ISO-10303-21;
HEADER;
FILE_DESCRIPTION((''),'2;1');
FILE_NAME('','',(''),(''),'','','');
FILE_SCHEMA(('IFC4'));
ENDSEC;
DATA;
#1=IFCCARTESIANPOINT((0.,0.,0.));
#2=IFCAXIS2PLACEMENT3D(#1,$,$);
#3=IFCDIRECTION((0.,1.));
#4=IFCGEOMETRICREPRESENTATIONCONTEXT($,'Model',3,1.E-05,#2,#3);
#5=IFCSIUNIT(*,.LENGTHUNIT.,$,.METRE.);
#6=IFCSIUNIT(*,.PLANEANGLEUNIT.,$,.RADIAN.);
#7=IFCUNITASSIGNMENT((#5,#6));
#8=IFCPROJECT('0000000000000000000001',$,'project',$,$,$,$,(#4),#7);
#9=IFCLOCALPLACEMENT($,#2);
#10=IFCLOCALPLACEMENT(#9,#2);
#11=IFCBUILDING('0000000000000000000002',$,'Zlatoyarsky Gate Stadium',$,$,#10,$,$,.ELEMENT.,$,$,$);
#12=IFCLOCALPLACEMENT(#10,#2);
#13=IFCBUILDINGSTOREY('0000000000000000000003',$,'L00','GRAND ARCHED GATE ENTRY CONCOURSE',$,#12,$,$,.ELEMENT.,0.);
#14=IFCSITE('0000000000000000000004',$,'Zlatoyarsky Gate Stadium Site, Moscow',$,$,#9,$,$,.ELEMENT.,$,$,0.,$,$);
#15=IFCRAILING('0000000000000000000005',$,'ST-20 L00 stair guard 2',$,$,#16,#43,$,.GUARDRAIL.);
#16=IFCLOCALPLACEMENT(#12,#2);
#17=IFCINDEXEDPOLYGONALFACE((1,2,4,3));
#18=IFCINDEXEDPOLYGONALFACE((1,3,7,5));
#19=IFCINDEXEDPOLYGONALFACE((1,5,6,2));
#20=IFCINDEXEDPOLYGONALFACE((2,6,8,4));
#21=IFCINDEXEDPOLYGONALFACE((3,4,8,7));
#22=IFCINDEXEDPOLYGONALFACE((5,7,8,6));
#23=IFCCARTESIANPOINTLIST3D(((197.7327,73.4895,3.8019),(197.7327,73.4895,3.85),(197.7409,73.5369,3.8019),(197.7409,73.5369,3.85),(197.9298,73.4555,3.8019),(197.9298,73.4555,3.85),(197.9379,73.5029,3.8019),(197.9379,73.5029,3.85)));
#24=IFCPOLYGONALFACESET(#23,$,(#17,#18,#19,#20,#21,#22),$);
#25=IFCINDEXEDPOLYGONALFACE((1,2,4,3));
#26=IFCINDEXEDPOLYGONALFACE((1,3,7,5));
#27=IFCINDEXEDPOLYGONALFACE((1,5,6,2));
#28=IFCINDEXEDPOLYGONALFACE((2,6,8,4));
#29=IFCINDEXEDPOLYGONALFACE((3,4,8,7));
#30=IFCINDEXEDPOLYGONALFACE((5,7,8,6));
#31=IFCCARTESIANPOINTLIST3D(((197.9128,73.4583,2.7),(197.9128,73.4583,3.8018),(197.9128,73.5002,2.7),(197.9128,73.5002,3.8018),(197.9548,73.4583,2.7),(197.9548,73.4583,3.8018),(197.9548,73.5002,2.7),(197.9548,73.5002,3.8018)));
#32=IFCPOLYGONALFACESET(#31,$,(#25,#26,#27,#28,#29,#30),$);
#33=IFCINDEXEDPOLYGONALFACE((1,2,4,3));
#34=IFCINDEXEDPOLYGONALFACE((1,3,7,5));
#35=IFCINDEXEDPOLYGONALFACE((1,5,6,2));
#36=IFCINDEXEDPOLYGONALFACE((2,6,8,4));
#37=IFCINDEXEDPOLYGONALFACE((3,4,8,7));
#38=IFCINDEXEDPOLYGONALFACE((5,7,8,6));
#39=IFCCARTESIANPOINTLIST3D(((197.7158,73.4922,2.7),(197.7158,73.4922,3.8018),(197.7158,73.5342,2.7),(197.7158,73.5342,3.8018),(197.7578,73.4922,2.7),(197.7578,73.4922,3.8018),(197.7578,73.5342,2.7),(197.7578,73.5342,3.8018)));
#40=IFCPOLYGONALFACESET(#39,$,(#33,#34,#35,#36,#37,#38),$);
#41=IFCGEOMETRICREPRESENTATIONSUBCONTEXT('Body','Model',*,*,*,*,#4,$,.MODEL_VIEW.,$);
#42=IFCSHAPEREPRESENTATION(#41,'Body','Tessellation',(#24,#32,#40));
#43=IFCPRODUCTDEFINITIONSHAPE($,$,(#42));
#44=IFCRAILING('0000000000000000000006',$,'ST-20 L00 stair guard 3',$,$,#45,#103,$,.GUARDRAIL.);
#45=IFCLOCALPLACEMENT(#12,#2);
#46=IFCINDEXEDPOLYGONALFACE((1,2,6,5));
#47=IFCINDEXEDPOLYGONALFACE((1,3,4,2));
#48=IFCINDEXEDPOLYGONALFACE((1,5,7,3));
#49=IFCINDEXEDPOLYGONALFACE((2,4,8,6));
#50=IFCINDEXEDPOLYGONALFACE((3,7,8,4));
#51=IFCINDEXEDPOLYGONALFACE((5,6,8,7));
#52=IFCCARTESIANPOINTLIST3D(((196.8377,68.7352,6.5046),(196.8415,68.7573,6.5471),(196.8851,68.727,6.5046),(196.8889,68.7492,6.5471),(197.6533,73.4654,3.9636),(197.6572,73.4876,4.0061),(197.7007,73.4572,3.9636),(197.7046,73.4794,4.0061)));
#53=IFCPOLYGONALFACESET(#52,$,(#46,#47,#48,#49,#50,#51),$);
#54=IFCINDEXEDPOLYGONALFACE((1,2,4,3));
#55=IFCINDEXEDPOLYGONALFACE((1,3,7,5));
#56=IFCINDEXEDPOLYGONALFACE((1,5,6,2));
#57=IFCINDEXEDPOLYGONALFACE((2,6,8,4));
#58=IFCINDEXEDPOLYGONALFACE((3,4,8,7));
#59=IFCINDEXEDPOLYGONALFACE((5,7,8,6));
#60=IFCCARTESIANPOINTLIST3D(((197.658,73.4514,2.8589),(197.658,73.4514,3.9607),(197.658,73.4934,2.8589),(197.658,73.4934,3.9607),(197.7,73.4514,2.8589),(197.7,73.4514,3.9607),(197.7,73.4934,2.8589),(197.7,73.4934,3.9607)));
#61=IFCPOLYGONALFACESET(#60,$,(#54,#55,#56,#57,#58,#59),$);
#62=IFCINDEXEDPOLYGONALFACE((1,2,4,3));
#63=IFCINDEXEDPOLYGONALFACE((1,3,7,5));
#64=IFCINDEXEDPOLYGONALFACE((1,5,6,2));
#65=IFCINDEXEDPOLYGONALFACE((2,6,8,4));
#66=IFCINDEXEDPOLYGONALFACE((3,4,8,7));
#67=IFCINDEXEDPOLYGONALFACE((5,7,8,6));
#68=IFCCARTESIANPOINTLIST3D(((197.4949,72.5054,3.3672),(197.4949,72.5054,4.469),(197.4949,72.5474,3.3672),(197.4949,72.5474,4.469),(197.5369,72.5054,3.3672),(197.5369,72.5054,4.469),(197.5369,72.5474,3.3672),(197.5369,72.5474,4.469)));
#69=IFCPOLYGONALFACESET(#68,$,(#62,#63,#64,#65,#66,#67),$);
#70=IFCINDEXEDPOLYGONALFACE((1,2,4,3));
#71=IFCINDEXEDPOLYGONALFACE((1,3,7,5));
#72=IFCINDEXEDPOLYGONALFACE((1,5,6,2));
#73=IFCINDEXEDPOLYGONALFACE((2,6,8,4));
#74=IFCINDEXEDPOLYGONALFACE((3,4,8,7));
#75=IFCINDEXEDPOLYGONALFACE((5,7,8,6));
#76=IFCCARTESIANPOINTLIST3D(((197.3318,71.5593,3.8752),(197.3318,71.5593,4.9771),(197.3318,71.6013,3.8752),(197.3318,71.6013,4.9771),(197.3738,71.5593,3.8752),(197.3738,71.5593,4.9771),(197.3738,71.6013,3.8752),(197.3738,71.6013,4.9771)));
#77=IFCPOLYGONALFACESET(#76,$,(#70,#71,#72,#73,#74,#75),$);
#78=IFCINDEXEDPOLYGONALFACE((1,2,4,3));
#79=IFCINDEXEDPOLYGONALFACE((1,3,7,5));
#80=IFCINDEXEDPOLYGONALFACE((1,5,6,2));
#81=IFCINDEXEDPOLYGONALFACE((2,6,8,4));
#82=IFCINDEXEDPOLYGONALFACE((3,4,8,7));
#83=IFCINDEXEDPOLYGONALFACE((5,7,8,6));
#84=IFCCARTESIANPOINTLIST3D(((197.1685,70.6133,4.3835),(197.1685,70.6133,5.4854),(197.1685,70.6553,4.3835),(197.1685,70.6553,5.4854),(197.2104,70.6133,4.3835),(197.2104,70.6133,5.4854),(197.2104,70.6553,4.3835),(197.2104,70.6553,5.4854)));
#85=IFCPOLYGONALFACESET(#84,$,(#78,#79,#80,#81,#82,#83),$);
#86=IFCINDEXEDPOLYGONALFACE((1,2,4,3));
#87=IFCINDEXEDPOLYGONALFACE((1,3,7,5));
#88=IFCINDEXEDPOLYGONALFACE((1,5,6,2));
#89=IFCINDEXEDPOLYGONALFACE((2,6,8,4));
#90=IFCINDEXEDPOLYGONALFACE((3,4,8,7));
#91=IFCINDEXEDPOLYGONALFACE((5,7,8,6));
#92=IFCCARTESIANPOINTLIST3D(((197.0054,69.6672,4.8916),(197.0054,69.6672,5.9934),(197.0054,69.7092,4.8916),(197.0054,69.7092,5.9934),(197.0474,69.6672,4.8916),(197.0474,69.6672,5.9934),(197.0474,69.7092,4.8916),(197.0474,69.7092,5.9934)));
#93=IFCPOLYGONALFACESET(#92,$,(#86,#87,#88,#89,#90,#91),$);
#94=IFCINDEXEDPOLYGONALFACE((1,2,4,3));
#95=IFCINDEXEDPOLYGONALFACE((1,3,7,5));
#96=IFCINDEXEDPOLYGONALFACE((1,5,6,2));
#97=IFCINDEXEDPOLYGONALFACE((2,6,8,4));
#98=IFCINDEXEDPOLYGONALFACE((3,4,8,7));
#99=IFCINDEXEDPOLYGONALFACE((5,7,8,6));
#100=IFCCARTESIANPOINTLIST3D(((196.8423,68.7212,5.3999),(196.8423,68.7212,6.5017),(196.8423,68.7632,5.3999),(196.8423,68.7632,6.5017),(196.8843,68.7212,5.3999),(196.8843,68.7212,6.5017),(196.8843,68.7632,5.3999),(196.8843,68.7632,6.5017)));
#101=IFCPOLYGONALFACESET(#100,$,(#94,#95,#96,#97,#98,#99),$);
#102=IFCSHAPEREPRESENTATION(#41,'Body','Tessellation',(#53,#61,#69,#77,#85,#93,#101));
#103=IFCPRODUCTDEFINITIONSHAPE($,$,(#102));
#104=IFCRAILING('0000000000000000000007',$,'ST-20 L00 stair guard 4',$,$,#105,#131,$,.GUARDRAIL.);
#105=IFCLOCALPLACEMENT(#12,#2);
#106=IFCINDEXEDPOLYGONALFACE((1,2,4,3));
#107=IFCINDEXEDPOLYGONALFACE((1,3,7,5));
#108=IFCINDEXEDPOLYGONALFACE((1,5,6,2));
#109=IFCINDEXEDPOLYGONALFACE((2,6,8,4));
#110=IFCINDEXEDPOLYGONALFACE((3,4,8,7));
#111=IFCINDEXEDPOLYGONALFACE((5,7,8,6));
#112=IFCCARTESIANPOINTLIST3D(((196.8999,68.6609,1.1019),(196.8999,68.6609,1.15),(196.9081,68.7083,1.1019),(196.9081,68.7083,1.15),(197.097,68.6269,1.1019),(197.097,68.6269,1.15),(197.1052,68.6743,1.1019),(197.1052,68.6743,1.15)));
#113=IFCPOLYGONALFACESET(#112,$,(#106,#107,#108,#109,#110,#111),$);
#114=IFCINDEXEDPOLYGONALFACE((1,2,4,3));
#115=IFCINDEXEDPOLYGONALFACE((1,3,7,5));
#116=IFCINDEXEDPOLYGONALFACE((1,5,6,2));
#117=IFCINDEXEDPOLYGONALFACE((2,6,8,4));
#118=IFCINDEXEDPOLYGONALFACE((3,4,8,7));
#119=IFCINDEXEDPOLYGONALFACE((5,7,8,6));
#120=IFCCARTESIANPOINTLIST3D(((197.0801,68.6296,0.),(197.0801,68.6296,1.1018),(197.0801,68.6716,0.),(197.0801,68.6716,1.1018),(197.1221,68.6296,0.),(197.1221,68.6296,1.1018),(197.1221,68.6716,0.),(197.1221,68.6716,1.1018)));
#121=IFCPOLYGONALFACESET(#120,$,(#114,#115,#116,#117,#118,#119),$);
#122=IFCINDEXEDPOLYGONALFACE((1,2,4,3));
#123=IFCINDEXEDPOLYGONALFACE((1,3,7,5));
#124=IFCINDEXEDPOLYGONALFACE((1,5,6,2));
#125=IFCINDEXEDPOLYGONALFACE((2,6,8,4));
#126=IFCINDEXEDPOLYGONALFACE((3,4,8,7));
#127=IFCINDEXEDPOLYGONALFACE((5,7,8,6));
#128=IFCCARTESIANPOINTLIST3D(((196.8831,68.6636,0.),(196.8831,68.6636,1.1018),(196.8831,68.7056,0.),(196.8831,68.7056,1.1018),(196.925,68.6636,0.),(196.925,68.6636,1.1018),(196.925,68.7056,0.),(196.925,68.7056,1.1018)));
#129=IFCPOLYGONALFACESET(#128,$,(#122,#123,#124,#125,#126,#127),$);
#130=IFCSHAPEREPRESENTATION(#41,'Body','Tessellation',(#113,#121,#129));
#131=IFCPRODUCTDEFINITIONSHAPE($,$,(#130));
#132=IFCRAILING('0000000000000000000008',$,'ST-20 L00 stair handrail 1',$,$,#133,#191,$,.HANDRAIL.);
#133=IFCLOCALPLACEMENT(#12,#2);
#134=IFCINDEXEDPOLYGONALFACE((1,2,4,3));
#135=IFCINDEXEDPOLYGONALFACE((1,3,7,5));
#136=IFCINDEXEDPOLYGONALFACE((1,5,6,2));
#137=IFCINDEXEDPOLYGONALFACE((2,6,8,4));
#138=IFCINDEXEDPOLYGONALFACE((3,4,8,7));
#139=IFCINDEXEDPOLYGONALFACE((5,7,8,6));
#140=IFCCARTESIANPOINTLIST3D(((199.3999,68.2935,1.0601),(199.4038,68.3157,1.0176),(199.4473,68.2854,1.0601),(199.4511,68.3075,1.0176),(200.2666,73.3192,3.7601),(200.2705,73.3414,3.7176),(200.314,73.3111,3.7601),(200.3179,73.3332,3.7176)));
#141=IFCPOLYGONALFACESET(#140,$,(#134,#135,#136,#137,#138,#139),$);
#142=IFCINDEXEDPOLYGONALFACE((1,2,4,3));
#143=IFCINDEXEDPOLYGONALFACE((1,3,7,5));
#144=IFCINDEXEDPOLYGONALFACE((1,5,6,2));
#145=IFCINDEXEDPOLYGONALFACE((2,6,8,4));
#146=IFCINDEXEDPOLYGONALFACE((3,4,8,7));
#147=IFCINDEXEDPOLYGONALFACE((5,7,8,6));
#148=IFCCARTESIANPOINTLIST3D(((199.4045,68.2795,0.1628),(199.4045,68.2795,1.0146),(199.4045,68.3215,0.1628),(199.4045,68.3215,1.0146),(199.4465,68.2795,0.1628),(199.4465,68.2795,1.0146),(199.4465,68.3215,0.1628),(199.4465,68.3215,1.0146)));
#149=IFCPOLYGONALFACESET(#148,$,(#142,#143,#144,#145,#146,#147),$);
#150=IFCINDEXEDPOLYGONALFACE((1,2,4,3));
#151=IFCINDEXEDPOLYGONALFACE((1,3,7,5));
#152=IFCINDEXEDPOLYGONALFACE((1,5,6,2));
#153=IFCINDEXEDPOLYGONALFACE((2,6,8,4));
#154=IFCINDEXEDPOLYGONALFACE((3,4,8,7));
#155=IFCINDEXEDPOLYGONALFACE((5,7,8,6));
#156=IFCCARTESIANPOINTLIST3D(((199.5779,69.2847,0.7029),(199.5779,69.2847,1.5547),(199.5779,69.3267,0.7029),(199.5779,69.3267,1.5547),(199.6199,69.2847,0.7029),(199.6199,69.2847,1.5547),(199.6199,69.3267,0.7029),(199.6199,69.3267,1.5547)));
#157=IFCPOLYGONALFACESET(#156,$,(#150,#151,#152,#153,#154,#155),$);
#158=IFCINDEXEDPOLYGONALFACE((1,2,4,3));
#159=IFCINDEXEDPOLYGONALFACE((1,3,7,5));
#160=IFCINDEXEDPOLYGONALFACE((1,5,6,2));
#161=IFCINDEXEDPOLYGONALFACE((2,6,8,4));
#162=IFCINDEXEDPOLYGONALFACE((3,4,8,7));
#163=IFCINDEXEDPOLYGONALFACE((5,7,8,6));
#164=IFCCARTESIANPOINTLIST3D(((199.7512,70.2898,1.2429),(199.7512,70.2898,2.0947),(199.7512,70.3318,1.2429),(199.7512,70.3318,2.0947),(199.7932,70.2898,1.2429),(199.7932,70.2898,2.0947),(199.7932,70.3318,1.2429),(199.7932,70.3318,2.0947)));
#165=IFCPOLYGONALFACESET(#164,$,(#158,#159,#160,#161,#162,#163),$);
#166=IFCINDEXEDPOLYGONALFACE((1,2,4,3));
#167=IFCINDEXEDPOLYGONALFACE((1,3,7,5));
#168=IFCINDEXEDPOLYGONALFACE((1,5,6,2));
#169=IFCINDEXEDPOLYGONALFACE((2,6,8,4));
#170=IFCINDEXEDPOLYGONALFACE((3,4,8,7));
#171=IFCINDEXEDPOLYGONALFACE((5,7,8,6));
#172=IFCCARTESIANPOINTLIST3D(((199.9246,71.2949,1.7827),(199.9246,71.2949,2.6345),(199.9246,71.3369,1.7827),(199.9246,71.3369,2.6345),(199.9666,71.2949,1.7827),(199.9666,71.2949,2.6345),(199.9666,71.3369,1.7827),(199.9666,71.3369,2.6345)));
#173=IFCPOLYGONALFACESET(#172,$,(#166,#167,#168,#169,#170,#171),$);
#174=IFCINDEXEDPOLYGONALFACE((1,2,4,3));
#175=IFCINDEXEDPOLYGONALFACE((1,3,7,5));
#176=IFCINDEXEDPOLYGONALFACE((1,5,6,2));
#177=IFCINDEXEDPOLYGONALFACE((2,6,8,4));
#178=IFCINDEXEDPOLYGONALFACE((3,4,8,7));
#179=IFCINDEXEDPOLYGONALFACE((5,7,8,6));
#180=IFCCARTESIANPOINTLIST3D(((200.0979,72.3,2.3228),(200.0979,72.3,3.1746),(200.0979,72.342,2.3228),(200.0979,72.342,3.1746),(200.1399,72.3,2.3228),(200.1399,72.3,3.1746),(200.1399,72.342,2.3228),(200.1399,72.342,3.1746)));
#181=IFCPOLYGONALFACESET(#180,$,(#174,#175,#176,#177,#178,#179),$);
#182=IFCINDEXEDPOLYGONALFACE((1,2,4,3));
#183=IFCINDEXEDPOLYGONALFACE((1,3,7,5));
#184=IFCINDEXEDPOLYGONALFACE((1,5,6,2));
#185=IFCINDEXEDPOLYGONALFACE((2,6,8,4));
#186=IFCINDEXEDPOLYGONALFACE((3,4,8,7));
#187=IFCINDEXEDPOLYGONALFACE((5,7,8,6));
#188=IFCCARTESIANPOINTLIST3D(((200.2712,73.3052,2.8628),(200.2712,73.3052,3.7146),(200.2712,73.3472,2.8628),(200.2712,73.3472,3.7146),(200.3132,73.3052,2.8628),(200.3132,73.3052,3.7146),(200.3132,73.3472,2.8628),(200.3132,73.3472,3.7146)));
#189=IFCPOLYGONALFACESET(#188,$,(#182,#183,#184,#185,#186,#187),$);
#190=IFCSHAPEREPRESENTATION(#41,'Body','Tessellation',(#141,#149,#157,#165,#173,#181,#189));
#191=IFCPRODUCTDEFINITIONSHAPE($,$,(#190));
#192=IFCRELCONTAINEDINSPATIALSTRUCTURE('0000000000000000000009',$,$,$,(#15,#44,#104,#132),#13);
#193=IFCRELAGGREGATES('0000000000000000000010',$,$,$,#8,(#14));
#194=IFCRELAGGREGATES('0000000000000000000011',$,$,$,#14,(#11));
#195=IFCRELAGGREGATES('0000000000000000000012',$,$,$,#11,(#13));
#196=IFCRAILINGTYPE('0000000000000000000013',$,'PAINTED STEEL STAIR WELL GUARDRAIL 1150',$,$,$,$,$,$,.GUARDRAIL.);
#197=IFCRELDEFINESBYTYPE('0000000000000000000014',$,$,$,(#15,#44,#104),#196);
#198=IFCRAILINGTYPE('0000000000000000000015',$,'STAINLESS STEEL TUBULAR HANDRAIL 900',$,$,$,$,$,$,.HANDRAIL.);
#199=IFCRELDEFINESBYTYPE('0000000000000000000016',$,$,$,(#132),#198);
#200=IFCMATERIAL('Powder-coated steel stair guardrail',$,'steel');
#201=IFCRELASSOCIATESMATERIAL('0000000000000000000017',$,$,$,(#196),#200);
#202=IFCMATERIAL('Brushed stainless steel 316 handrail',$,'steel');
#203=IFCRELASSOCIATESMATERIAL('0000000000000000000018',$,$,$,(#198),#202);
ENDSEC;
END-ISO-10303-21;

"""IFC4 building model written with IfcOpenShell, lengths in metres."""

from ifc_helpers import new_model, si_unit, direction, frame, origin, origin_2d, place, context, subcontext, project, spatial, rectangle, extrude, material, type_object, element, save


model = new_model("IFC4")

# Units and contexts
model_context = context("Model", 3, precision=1e-05, world=origin(), true_north=direction((0.0, 1.0)))
body_context = subcontext(model_context, "Body", "Model", "MODEL_VIEW")
ifc_project = project(units=[si_unit("LENGTHUNIT", "METRE"), si_unit("PLANEANGLEUNIT", "RADIAN")], contexts=[model_context])

# Site, building, storey
site_placement = place(None, origin())
site = spatial("IfcSite", under=ifc_project, at=site_placement, Name="Zlatoyarsky Gate Stadium Site, Moscow", CompositionType="ELEMENT", RefElevation=0.0)
building_placement = place(site_placement, origin())
building = spatial("IfcBuilding", under=site, at=building_placement, Name="Zlatoyarsky Gate Stadium", CompositionType="ELEMENT")
storey_placement = place(building_placement, origin())
storey = spatial("IfcBuildingStorey", under=building, at=storey_placement, Name="L00", Description="GRAND ARCHED GATE ENTRY CONCOURSE", CompositionType="ELEMENT", Elevation=0.0)

# Railings
ifc_material_1 = material(Name="Powder-coated steel stair guardrail", Category="steel")
railing_type_1 = type_object("IfcRailingType", Name="PAINTED STEEL STAIR WELL GUARDRAIL 1150", PredefinedType="GUARDRAIL", material=ifc_material_1)
railing_1_placement = place(storey_placement, frame((197.9338, 73.4792, 2.7)))
element("IfcRailing", 1, at=railing_1_placement, inside=storey, type_object=railing_type_1, Name="ST-20 L00 stair guard 2", PredefinedType="GUARDRAIL", context=body_context, shape_type="SweptSolid", body=[
    extrude(rectangle(XDim=0.0481, YDim=0.0481, at=origin_2d()), frame((0.0, 0.0, 1.126), z_axis=(-0.985488, 0.169743, 0.0), x_axis=(-0.169743, -0.985488, 0.0)), (0.0, 0.0, 1.0), 0.2),
    extrude(rectangle(XDim=0.042, YDim=0.042, at=origin_2d()), origin(), (0.0, 0.0, 1.0), 1.1018),
    extrude(rectangle(XDim=0.042, YDim=0.042, at=origin_2d()), frame((-0.197, 0.0339, 0.0)), (0.0, 0.0, 1.0), 1.1018),
])
railing_2_placement = place(storey_placement, frame((197.679, 73.4724, 2.8589)))
element("IfcRailing", 2, at=railing_2_placement, inside=storey, type_object=railing_type_1, Name="ST-20 L00 stair guard 3", PredefinedType="GUARDRAIL", context=body_context, shape_type="SweptSolid", body=[
    extrude(rectangle(XDim=0.0481, YDim=0.0481, at=origin_2d()), frame((0.0, 0.0, 1.126), z_axis=(-0.150185, -0.870948, 0.467862), x_axis=(0.985456, -0.169931, 0.0)), (0.0, 0.0, 1.0), 5.4312),
    extrude(rectangle(XDim=0.042, YDim=0.042, at=origin_2d()), origin(), (0.0, 0.0, 1.0), 1.1018),
    extrude(rectangle(XDim=0.042, YDim=0.042, at=origin_2d()), frame((-0.1631, -0.946, 0.5083)), (0.0, 0.0, 1.0), 1.1018),
    extrude(rectangle(XDim=0.042, YDim=0.042, at=origin_2d()), frame((-0.3262, -1.8921, 1.0164)), (0.0, 0.0, 1.0), 1.1018),
    extrude(rectangle(XDim=0.042, YDim=0.042, at=origin_2d()), frame((-0.4895, -2.8381, 1.5247)), (0.0, 0.0, 1.0), 1.1018),
    extrude(rectangle(XDim=0.042, YDim=0.042, at=origin_2d()), frame((-0.6526, -3.7842, 2.0327)), (0.0, 0.0, 1.0), 1.1018),
    extrude(rectangle(XDim=0.042, YDim=0.042, at=origin_2d()), frame((-0.8157, -4.7302, 2.541)), (0.0, 0.0, 1.0), 1.1018),
])
railing_3_placement = place(storey_placement, frame((197.1011, 68.6506, 0.0)))
element("IfcRailing", 3, at=railing_3_placement, inside=storey, type_object=railing_type_1, Name="ST-20 L00 stair guard 4", PredefinedType="GUARDRAIL", context=body_context, shape_type="SweptSolid", body=[
    extrude(rectangle(XDim=0.0481, YDim=0.0481, at=origin_2d()), frame((0.0, 0.0, 1.126), z_axis=(-0.985488, 0.169743, 0.0), x_axis=(-0.169743, -0.985488, 0.0)), (0.0, 0.0, 1.0), 0.2),
    extrude(rectangle(XDim=0.042, YDim=0.042, at=origin_2d()), origin(), (0.0, 0.0, 1.0), 1.1018),
    extrude(rectangle(XDim=0.042, YDim=0.042, at=origin_2d()), frame((-0.197, 0.0339, 0.0)), (0.0, 0.0, 1.0), 1.1018),
])
ifc_material_2 = material(Name="Brushed stainless steel 316 handrail", Category="steel")
railing_type_2 = type_object("IfcRailingType", Name="STAINLESS STEEL TUBULAR HANDRAIL 900", PredefinedType="HANDRAIL", material=ifc_material_2)
railing_4_placement = place(storey_placement, frame((199.4255, 68.3005, 0.1628)))
element("IfcRailing", 4, at=railing_4_placement, inside=storey, type_object=railing_type_2, Name="ST-20 L00 stair handrail 1", PredefinedType="HANDRAIL", context=body_context, shape_type="SweptSolid", body=[
    extrude(rectangle(XDim=0.0481, YDim=0.0481, at=origin_2d()), frame((0.0, 0.0, 0.876), z_axis=(0.150197, 0.870928, 0.467894), x_axis=(-0.985453, 0.169947, 0.0)), (0.0, 0.0, 1.0), 5.7705),
    extrude(rectangle(XDim=0.042, YDim=0.042, at=origin_2d()), origin(), (0.0, 0.0, 1.0), 0.8518),
    extrude(rectangle(XDim=0.042, YDim=0.042, at=origin_2d()), frame((0.1733, 1.0051, 0.54)), (0.0, 0.0, 1.0), 0.8518),
    extrude(rectangle(XDim=0.042, YDim=0.042, at=origin_2d()), frame((0.3467, 2.0103, 1.0801)), (0.0, 0.0, 1.0), 0.8518),
    extrude(rectangle(XDim=0.042, YDim=0.042, at=origin_2d()), frame((0.52, 3.0154, 1.6199)), (0.0, 0.0, 1.0), 0.8518),
    extrude(rectangle(XDim=0.042, YDim=0.042, at=origin_2d()), frame((0.6934, 4.0205, 2.1599)), (0.0, 0.0, 1.0), 0.8518),
    extrude(rectangle(XDim=0.042, YDim=0.042, at=origin_2d()), frame((0.8667, 5.0256, 2.7)), (0.0, 0.0, 1.0), 0.8518),
])

save(model, "model.ifc")
